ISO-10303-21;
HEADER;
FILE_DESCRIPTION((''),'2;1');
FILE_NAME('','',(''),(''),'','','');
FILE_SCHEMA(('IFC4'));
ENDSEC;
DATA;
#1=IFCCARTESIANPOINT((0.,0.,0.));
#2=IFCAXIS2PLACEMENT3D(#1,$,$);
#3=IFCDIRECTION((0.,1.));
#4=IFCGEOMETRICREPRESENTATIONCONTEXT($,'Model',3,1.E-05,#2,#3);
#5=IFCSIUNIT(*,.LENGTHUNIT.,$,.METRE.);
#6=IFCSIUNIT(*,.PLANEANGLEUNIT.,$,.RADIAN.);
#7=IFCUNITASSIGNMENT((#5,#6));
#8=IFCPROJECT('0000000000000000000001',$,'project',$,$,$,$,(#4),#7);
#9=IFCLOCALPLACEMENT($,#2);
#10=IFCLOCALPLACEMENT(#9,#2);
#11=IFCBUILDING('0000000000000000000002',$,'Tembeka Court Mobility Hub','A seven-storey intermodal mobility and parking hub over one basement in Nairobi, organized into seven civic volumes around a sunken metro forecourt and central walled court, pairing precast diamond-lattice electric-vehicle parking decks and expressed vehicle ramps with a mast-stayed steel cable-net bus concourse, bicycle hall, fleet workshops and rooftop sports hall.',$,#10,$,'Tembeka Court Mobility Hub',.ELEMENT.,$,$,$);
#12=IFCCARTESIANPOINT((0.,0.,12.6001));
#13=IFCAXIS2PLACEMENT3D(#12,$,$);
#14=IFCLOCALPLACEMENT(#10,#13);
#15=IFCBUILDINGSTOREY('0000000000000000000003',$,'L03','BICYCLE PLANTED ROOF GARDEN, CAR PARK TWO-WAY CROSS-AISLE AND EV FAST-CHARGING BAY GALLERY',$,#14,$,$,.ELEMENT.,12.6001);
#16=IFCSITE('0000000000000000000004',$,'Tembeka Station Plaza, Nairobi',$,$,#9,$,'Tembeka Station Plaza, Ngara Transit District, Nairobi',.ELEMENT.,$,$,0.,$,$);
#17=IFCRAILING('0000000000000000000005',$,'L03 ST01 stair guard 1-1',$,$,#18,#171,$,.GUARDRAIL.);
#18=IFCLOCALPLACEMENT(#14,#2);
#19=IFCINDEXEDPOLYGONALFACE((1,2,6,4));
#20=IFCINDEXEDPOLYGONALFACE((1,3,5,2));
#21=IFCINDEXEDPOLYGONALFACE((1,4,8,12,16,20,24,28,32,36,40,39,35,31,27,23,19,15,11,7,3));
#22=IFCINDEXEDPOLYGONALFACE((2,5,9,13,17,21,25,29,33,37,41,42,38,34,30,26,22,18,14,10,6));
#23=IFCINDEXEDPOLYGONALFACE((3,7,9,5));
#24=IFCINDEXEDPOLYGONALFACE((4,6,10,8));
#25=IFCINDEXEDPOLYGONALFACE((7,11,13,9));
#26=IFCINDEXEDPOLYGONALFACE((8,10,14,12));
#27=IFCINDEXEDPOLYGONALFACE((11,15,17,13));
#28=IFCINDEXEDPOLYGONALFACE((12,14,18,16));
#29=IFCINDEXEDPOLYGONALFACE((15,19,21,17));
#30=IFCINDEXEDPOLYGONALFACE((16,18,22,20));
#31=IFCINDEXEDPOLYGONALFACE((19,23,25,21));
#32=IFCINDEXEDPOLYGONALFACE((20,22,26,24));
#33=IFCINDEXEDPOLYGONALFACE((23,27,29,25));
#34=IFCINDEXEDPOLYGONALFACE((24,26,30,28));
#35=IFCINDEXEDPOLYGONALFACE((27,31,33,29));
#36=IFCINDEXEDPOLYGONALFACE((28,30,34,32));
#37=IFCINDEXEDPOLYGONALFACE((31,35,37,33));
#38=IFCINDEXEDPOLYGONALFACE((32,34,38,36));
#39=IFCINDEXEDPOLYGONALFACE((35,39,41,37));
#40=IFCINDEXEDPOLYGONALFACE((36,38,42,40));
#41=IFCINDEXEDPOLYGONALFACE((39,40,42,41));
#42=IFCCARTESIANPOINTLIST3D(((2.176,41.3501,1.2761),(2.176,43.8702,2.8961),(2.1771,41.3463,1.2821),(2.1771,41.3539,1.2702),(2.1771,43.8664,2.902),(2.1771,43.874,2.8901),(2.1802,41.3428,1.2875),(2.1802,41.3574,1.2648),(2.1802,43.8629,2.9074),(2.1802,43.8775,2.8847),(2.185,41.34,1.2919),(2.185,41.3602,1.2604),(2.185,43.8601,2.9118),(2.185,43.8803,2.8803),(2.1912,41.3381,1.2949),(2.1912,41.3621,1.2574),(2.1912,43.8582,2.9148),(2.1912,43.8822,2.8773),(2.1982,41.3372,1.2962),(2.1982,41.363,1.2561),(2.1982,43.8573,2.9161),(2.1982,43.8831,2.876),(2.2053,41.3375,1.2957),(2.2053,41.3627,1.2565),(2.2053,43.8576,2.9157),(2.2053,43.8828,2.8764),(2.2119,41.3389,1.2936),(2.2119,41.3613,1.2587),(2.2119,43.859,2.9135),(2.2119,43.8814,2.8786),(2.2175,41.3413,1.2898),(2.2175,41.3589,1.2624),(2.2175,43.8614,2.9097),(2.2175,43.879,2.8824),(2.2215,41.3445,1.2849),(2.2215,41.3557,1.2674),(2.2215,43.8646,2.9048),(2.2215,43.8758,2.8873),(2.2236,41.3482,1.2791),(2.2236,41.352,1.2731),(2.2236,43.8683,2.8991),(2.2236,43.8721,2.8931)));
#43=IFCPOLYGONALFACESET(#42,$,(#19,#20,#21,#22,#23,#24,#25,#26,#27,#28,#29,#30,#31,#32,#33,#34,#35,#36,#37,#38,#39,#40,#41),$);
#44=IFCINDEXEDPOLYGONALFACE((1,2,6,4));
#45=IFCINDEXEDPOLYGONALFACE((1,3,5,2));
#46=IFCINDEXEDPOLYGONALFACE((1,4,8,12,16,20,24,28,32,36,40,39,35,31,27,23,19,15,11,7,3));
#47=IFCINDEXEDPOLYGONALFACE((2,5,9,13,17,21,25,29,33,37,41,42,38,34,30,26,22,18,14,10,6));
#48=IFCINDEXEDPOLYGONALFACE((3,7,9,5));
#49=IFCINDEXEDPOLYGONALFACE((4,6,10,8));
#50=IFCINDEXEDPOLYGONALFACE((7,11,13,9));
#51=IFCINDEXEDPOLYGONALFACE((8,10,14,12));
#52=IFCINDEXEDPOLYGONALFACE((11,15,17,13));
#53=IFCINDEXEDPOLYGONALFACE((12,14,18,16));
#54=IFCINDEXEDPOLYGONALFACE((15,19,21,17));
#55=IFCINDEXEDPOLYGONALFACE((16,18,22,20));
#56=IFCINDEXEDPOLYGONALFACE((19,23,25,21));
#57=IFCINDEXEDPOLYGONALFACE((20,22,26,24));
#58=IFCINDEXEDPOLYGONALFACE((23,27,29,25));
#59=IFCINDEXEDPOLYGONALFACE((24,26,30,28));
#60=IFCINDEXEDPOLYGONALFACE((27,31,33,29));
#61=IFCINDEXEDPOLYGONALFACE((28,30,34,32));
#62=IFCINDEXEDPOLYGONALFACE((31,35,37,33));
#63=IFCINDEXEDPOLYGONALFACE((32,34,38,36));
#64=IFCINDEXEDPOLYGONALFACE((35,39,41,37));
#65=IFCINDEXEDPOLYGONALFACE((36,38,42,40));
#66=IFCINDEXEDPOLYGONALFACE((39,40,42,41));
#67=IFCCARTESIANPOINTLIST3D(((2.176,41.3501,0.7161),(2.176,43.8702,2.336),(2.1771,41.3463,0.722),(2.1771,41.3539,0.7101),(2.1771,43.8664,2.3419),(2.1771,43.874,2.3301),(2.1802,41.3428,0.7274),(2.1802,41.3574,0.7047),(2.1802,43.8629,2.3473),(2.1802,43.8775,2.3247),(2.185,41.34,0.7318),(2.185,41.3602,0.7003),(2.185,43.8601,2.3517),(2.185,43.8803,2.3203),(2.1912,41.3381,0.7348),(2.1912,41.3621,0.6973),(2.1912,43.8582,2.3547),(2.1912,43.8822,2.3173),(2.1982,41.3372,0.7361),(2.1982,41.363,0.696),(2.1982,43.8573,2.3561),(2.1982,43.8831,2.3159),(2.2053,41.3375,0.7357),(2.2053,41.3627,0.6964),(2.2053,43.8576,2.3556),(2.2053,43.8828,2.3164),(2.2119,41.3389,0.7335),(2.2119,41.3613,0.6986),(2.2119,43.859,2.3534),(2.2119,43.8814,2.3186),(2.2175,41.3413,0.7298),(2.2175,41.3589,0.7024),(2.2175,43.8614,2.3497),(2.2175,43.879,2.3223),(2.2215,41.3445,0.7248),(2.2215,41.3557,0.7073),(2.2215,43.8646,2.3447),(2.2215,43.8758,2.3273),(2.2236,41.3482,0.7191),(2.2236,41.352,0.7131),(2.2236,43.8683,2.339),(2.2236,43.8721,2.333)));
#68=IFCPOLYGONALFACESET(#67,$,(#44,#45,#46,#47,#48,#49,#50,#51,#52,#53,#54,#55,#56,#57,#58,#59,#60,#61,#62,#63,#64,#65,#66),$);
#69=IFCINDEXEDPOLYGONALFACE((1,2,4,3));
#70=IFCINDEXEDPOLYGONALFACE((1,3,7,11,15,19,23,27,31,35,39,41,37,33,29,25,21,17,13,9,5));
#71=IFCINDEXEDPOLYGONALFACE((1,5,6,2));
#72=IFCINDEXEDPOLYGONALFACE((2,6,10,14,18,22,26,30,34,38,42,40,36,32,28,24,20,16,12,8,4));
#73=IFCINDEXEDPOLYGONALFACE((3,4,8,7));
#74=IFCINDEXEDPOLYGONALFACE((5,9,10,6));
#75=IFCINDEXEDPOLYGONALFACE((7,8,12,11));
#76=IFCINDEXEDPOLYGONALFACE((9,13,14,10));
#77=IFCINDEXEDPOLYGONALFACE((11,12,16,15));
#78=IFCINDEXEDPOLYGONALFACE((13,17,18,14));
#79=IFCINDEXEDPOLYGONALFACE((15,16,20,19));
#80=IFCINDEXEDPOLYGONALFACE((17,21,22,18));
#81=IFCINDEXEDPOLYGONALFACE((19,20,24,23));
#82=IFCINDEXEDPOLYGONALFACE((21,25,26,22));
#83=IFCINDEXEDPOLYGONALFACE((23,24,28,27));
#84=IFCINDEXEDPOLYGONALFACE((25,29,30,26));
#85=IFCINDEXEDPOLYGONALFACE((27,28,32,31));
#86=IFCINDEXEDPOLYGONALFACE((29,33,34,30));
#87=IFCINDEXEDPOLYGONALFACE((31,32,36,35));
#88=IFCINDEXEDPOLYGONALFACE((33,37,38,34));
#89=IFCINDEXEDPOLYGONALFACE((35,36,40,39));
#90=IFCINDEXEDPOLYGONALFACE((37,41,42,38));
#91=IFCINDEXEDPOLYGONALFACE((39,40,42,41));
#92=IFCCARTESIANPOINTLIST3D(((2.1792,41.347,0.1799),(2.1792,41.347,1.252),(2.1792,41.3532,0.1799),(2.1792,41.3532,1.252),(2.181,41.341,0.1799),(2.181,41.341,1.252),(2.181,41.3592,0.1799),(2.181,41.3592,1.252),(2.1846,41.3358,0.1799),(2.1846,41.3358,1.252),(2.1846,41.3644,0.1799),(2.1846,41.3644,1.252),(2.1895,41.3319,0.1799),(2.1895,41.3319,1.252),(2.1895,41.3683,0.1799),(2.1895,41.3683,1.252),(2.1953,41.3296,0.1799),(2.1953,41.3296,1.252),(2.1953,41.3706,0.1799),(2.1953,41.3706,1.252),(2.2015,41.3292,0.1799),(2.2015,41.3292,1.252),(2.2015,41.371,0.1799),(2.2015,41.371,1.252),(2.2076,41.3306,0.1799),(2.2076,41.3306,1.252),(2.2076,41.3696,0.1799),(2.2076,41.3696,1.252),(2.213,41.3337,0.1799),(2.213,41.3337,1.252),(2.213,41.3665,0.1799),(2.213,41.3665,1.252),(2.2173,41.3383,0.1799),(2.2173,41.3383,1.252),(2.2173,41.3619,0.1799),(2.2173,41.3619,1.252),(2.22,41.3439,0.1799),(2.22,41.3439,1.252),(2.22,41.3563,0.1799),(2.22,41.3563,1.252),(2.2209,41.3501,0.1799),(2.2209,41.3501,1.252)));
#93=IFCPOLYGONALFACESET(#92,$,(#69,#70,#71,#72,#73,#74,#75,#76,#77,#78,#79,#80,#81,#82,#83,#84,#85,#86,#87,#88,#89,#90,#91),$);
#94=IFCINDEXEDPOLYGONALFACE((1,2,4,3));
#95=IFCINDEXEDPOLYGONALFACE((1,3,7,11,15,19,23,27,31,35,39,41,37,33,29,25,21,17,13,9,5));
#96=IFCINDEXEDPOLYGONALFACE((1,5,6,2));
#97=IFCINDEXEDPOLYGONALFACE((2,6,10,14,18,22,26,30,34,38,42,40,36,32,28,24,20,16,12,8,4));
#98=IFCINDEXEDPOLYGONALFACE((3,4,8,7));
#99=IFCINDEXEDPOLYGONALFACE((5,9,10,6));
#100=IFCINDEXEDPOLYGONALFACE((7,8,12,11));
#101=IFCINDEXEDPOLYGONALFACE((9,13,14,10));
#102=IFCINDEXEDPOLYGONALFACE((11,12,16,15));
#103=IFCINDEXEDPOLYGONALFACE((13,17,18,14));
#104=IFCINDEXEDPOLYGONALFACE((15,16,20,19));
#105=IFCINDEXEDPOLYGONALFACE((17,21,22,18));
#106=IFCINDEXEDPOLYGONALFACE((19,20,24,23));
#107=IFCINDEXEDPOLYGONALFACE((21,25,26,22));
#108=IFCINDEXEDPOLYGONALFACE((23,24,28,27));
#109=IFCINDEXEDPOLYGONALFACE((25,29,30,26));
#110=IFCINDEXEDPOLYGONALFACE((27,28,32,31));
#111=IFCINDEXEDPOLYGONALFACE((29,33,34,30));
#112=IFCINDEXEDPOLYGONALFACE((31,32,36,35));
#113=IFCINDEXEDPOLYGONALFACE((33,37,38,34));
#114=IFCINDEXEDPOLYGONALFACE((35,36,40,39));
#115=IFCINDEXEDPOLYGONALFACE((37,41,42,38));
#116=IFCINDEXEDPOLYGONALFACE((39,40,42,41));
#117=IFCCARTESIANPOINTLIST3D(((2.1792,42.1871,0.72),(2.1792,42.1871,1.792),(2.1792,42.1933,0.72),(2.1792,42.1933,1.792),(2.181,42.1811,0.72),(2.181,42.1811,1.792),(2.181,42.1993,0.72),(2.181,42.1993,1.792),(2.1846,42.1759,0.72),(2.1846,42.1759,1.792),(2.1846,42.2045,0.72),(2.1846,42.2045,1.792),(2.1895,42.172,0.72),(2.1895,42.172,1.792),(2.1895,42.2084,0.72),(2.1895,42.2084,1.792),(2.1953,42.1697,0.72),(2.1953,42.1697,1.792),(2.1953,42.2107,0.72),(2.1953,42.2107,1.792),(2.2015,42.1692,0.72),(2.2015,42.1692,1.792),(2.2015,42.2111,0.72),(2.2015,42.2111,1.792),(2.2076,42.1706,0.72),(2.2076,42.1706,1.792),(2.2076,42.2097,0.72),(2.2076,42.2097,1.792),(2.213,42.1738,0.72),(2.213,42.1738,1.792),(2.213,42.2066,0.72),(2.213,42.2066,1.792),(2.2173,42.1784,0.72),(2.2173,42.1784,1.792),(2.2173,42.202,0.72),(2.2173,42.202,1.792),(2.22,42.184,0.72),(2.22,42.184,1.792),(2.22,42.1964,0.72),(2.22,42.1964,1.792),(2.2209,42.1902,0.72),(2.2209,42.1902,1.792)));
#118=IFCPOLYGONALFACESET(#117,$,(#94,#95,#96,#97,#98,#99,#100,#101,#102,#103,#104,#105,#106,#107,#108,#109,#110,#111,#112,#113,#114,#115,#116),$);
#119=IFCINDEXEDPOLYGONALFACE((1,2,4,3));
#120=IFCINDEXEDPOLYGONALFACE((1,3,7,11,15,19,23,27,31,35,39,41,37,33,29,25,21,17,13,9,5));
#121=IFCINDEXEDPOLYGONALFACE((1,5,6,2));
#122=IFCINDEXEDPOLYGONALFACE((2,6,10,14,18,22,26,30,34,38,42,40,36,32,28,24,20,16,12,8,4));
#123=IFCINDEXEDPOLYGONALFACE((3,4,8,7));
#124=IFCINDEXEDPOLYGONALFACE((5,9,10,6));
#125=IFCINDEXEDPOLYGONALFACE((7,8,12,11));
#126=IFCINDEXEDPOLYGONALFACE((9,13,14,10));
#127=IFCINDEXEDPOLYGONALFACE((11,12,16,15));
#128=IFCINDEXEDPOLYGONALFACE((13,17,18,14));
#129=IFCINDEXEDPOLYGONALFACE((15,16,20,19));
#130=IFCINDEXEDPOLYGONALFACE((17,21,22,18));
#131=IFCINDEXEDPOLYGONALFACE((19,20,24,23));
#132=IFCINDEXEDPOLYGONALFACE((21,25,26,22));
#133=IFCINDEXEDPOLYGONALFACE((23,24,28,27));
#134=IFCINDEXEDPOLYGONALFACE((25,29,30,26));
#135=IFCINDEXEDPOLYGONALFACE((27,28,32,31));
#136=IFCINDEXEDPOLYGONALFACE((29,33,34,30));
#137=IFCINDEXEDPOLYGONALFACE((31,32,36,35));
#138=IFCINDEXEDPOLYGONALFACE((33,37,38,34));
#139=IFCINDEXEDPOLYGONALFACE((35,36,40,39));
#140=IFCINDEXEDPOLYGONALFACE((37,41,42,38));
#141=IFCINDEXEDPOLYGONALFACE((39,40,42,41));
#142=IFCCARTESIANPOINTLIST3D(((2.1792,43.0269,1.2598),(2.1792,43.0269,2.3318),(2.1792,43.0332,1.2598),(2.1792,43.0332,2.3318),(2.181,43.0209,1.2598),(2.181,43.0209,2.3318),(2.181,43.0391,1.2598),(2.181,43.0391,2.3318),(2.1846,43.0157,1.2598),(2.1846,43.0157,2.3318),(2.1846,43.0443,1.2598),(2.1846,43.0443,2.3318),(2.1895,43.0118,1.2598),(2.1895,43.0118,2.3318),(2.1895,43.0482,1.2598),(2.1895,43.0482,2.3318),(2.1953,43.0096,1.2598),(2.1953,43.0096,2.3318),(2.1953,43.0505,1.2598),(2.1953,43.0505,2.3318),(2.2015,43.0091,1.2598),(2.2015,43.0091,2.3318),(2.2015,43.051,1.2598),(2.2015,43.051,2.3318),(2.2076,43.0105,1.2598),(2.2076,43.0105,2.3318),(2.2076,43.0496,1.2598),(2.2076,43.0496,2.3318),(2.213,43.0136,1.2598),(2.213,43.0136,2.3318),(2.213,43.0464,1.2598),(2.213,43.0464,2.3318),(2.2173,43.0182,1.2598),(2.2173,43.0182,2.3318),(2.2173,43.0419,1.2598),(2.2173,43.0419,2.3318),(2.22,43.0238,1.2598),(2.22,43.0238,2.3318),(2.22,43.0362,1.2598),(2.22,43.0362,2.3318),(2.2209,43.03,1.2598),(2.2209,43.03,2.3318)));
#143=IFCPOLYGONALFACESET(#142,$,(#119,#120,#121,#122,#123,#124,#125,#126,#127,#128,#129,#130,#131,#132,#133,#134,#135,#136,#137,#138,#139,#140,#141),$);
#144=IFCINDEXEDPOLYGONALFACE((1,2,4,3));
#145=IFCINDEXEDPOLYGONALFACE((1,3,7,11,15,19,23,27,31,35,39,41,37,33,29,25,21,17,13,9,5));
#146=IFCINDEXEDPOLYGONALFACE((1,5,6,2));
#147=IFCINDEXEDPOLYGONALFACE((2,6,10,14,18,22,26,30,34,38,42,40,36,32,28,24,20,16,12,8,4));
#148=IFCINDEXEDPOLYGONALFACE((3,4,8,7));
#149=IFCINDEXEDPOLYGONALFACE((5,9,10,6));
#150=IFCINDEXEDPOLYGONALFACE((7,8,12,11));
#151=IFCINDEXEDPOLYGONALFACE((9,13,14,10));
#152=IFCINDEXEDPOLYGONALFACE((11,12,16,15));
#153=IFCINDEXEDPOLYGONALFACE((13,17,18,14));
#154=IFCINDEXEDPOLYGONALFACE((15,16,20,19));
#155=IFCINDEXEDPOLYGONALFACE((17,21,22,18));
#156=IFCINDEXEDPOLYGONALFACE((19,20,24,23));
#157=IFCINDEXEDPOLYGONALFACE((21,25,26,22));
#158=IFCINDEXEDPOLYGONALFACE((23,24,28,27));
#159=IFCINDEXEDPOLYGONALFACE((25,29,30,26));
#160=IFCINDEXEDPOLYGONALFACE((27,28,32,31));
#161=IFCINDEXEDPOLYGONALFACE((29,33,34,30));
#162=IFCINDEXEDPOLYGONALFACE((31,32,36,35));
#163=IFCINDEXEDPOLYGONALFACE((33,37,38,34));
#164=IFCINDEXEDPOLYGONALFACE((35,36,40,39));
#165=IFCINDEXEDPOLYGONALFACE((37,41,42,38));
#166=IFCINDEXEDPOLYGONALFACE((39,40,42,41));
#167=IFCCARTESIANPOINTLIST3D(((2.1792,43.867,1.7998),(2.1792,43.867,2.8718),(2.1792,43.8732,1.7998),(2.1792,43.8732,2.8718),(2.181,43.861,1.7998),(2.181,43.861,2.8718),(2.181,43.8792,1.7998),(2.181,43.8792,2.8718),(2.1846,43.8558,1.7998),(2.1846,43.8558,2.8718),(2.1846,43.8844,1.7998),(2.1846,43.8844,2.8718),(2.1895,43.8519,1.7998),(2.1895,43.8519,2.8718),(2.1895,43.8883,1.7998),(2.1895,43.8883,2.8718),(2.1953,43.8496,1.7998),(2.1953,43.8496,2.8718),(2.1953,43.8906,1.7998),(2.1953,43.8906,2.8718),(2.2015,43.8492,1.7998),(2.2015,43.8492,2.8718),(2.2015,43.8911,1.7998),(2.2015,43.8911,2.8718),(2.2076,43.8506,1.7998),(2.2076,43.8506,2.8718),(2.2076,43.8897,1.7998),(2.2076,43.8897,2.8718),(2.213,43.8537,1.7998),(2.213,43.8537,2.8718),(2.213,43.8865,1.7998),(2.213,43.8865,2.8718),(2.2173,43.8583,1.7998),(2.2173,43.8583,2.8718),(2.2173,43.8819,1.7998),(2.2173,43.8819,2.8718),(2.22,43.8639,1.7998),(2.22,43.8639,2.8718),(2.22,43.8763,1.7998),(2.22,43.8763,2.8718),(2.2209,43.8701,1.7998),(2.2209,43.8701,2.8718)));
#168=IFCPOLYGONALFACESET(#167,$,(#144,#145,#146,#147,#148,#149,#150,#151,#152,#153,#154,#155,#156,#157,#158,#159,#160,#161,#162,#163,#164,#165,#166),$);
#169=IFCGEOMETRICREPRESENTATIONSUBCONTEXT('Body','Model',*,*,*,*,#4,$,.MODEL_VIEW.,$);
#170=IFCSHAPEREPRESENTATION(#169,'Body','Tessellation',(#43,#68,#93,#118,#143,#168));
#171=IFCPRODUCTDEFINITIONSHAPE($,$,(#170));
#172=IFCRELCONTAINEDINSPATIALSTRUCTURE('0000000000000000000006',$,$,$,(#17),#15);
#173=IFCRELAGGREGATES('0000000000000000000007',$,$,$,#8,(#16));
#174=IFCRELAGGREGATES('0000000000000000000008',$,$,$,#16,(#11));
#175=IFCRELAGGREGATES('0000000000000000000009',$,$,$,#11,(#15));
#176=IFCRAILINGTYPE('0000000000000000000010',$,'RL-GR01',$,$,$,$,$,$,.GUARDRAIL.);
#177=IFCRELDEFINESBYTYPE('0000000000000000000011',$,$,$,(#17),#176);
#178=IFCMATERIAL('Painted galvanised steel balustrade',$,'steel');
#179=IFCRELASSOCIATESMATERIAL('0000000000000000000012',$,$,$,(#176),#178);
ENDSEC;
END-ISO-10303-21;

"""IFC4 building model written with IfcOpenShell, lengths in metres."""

from ifc_helpers import new_model, si_unit, direction, frame, origin, origin_2d, place, context, subcontext, project, spatial, circle, extrude, material, type_object, element, save


model = new_model("IFC4")

# Units and contexts
model_context = context("Model", 3, precision=1e-05, world=origin(), true_north=direction((0.0, 1.0)))
body_context = subcontext(model_context, "Body", "Model", "MODEL_VIEW")
ifc_project = project(units=[si_unit("LENGTHUNIT", "METRE"), si_unit("PLANEANGLEUNIT", "RADIAN")], contexts=[model_context])

# Site, building, storey
site_placement = place(None, origin())
site = spatial("IfcSite", under=ifc_project, at=site_placement, Name="Tembeka Station Plaza, Nairobi", LongName="Tembeka Station Plaza, Ngara Transit District, Nairobi", CompositionType="ELEMENT", RefElevation=0.0)
building_placement = place(site_placement, origin())
building = spatial("IfcBuilding", under=site, at=building_placement, Name="Tembeka Court Mobility Hub", Description="A seven-storey intermodal mobility and parking hub over one basement in Nairobi, organized into seven civic volumes around a sunken metro forecourt and central walled court, pairing precast diamond-lattice electric-vehicle parking decks and expressed vehicle ramps with a mast-stayed steel cable-net bus concourse, bicycle hall, fleet workshops and rooftop sports hall.", LongName="Tembeka Court Mobility Hub", CompositionType="ELEMENT")
storey_placement = place(building_placement, frame((0.0, 0.0, 12.6001)))
storey = spatial("IfcBuildingStorey", under=building, at=storey_placement, Name="L03", Description="BICYCLE PLANTED ROOF GARDEN, CAR PARK TWO-WAY CROSS-AISLE AND EV FAST-CHARGING BAY GALLERY", CompositionType="ELEMENT", Elevation=12.6001)

# Railing
ifc_material_1 = material(Name="Painted galvanised steel balustrade", Category="steel")
railing_type_1 = type_object("IfcRailingType", Name="RL-GR01", PredefinedType="GUARDRAIL", material=ifc_material_1)
railing_1_placement = place(storey_placement, frame((2.2, 41.3501, 0.1799)))
element("IfcRailing", 1, at=railing_1_placement, inside=storey, type_object=railing_type_1, Name="L03 ST01 stair guard 1-1", PredefinedType="GUARDRAIL", context=body_context, shape_type="SweptSolid", body=[
    extrude(circle(Radius=0.0239, at=origin_2d()), frame((0.0, 0.0, 1.0962), z_axis=(0.0, 0.8412, 0.540725), x_axis=(-1.0, 0.0, 0.0)), (0.0, 0.0, 1.0), 2.9958),
    extrude(circle(Radius=0.0239, at=origin_2d()), frame((0.0, 0.0, 0.5361), z_axis=(0.0, 0.8412, 0.540725), x_axis=(-1.0, 0.0, 0.0)), (0.0, 0.0, 1.0), 2.9958),
    extrude(circle(Radius=0.021, at=origin_2d()), origin(), (0.0, 0.0, 1.0), 1.072),
    extrude(circle(Radius=0.021, at=origin_2d()), frame((0.0, 0.8401, 0.54)), (0.0, 0.0, 1.0), 1.072),
    extrude(circle(Radius=0.021, at=origin_2d()), frame((0.0, 1.6799, 1.0798)), (0.0, 0.0, 1.0), 1.072),
    extrude(circle(Radius=0.021, at=origin_2d()), frame((0.0, 2.52, 1.6199)), (0.0, 0.0, 1.0), 1.072),
])

save(model, "model.ifc")
